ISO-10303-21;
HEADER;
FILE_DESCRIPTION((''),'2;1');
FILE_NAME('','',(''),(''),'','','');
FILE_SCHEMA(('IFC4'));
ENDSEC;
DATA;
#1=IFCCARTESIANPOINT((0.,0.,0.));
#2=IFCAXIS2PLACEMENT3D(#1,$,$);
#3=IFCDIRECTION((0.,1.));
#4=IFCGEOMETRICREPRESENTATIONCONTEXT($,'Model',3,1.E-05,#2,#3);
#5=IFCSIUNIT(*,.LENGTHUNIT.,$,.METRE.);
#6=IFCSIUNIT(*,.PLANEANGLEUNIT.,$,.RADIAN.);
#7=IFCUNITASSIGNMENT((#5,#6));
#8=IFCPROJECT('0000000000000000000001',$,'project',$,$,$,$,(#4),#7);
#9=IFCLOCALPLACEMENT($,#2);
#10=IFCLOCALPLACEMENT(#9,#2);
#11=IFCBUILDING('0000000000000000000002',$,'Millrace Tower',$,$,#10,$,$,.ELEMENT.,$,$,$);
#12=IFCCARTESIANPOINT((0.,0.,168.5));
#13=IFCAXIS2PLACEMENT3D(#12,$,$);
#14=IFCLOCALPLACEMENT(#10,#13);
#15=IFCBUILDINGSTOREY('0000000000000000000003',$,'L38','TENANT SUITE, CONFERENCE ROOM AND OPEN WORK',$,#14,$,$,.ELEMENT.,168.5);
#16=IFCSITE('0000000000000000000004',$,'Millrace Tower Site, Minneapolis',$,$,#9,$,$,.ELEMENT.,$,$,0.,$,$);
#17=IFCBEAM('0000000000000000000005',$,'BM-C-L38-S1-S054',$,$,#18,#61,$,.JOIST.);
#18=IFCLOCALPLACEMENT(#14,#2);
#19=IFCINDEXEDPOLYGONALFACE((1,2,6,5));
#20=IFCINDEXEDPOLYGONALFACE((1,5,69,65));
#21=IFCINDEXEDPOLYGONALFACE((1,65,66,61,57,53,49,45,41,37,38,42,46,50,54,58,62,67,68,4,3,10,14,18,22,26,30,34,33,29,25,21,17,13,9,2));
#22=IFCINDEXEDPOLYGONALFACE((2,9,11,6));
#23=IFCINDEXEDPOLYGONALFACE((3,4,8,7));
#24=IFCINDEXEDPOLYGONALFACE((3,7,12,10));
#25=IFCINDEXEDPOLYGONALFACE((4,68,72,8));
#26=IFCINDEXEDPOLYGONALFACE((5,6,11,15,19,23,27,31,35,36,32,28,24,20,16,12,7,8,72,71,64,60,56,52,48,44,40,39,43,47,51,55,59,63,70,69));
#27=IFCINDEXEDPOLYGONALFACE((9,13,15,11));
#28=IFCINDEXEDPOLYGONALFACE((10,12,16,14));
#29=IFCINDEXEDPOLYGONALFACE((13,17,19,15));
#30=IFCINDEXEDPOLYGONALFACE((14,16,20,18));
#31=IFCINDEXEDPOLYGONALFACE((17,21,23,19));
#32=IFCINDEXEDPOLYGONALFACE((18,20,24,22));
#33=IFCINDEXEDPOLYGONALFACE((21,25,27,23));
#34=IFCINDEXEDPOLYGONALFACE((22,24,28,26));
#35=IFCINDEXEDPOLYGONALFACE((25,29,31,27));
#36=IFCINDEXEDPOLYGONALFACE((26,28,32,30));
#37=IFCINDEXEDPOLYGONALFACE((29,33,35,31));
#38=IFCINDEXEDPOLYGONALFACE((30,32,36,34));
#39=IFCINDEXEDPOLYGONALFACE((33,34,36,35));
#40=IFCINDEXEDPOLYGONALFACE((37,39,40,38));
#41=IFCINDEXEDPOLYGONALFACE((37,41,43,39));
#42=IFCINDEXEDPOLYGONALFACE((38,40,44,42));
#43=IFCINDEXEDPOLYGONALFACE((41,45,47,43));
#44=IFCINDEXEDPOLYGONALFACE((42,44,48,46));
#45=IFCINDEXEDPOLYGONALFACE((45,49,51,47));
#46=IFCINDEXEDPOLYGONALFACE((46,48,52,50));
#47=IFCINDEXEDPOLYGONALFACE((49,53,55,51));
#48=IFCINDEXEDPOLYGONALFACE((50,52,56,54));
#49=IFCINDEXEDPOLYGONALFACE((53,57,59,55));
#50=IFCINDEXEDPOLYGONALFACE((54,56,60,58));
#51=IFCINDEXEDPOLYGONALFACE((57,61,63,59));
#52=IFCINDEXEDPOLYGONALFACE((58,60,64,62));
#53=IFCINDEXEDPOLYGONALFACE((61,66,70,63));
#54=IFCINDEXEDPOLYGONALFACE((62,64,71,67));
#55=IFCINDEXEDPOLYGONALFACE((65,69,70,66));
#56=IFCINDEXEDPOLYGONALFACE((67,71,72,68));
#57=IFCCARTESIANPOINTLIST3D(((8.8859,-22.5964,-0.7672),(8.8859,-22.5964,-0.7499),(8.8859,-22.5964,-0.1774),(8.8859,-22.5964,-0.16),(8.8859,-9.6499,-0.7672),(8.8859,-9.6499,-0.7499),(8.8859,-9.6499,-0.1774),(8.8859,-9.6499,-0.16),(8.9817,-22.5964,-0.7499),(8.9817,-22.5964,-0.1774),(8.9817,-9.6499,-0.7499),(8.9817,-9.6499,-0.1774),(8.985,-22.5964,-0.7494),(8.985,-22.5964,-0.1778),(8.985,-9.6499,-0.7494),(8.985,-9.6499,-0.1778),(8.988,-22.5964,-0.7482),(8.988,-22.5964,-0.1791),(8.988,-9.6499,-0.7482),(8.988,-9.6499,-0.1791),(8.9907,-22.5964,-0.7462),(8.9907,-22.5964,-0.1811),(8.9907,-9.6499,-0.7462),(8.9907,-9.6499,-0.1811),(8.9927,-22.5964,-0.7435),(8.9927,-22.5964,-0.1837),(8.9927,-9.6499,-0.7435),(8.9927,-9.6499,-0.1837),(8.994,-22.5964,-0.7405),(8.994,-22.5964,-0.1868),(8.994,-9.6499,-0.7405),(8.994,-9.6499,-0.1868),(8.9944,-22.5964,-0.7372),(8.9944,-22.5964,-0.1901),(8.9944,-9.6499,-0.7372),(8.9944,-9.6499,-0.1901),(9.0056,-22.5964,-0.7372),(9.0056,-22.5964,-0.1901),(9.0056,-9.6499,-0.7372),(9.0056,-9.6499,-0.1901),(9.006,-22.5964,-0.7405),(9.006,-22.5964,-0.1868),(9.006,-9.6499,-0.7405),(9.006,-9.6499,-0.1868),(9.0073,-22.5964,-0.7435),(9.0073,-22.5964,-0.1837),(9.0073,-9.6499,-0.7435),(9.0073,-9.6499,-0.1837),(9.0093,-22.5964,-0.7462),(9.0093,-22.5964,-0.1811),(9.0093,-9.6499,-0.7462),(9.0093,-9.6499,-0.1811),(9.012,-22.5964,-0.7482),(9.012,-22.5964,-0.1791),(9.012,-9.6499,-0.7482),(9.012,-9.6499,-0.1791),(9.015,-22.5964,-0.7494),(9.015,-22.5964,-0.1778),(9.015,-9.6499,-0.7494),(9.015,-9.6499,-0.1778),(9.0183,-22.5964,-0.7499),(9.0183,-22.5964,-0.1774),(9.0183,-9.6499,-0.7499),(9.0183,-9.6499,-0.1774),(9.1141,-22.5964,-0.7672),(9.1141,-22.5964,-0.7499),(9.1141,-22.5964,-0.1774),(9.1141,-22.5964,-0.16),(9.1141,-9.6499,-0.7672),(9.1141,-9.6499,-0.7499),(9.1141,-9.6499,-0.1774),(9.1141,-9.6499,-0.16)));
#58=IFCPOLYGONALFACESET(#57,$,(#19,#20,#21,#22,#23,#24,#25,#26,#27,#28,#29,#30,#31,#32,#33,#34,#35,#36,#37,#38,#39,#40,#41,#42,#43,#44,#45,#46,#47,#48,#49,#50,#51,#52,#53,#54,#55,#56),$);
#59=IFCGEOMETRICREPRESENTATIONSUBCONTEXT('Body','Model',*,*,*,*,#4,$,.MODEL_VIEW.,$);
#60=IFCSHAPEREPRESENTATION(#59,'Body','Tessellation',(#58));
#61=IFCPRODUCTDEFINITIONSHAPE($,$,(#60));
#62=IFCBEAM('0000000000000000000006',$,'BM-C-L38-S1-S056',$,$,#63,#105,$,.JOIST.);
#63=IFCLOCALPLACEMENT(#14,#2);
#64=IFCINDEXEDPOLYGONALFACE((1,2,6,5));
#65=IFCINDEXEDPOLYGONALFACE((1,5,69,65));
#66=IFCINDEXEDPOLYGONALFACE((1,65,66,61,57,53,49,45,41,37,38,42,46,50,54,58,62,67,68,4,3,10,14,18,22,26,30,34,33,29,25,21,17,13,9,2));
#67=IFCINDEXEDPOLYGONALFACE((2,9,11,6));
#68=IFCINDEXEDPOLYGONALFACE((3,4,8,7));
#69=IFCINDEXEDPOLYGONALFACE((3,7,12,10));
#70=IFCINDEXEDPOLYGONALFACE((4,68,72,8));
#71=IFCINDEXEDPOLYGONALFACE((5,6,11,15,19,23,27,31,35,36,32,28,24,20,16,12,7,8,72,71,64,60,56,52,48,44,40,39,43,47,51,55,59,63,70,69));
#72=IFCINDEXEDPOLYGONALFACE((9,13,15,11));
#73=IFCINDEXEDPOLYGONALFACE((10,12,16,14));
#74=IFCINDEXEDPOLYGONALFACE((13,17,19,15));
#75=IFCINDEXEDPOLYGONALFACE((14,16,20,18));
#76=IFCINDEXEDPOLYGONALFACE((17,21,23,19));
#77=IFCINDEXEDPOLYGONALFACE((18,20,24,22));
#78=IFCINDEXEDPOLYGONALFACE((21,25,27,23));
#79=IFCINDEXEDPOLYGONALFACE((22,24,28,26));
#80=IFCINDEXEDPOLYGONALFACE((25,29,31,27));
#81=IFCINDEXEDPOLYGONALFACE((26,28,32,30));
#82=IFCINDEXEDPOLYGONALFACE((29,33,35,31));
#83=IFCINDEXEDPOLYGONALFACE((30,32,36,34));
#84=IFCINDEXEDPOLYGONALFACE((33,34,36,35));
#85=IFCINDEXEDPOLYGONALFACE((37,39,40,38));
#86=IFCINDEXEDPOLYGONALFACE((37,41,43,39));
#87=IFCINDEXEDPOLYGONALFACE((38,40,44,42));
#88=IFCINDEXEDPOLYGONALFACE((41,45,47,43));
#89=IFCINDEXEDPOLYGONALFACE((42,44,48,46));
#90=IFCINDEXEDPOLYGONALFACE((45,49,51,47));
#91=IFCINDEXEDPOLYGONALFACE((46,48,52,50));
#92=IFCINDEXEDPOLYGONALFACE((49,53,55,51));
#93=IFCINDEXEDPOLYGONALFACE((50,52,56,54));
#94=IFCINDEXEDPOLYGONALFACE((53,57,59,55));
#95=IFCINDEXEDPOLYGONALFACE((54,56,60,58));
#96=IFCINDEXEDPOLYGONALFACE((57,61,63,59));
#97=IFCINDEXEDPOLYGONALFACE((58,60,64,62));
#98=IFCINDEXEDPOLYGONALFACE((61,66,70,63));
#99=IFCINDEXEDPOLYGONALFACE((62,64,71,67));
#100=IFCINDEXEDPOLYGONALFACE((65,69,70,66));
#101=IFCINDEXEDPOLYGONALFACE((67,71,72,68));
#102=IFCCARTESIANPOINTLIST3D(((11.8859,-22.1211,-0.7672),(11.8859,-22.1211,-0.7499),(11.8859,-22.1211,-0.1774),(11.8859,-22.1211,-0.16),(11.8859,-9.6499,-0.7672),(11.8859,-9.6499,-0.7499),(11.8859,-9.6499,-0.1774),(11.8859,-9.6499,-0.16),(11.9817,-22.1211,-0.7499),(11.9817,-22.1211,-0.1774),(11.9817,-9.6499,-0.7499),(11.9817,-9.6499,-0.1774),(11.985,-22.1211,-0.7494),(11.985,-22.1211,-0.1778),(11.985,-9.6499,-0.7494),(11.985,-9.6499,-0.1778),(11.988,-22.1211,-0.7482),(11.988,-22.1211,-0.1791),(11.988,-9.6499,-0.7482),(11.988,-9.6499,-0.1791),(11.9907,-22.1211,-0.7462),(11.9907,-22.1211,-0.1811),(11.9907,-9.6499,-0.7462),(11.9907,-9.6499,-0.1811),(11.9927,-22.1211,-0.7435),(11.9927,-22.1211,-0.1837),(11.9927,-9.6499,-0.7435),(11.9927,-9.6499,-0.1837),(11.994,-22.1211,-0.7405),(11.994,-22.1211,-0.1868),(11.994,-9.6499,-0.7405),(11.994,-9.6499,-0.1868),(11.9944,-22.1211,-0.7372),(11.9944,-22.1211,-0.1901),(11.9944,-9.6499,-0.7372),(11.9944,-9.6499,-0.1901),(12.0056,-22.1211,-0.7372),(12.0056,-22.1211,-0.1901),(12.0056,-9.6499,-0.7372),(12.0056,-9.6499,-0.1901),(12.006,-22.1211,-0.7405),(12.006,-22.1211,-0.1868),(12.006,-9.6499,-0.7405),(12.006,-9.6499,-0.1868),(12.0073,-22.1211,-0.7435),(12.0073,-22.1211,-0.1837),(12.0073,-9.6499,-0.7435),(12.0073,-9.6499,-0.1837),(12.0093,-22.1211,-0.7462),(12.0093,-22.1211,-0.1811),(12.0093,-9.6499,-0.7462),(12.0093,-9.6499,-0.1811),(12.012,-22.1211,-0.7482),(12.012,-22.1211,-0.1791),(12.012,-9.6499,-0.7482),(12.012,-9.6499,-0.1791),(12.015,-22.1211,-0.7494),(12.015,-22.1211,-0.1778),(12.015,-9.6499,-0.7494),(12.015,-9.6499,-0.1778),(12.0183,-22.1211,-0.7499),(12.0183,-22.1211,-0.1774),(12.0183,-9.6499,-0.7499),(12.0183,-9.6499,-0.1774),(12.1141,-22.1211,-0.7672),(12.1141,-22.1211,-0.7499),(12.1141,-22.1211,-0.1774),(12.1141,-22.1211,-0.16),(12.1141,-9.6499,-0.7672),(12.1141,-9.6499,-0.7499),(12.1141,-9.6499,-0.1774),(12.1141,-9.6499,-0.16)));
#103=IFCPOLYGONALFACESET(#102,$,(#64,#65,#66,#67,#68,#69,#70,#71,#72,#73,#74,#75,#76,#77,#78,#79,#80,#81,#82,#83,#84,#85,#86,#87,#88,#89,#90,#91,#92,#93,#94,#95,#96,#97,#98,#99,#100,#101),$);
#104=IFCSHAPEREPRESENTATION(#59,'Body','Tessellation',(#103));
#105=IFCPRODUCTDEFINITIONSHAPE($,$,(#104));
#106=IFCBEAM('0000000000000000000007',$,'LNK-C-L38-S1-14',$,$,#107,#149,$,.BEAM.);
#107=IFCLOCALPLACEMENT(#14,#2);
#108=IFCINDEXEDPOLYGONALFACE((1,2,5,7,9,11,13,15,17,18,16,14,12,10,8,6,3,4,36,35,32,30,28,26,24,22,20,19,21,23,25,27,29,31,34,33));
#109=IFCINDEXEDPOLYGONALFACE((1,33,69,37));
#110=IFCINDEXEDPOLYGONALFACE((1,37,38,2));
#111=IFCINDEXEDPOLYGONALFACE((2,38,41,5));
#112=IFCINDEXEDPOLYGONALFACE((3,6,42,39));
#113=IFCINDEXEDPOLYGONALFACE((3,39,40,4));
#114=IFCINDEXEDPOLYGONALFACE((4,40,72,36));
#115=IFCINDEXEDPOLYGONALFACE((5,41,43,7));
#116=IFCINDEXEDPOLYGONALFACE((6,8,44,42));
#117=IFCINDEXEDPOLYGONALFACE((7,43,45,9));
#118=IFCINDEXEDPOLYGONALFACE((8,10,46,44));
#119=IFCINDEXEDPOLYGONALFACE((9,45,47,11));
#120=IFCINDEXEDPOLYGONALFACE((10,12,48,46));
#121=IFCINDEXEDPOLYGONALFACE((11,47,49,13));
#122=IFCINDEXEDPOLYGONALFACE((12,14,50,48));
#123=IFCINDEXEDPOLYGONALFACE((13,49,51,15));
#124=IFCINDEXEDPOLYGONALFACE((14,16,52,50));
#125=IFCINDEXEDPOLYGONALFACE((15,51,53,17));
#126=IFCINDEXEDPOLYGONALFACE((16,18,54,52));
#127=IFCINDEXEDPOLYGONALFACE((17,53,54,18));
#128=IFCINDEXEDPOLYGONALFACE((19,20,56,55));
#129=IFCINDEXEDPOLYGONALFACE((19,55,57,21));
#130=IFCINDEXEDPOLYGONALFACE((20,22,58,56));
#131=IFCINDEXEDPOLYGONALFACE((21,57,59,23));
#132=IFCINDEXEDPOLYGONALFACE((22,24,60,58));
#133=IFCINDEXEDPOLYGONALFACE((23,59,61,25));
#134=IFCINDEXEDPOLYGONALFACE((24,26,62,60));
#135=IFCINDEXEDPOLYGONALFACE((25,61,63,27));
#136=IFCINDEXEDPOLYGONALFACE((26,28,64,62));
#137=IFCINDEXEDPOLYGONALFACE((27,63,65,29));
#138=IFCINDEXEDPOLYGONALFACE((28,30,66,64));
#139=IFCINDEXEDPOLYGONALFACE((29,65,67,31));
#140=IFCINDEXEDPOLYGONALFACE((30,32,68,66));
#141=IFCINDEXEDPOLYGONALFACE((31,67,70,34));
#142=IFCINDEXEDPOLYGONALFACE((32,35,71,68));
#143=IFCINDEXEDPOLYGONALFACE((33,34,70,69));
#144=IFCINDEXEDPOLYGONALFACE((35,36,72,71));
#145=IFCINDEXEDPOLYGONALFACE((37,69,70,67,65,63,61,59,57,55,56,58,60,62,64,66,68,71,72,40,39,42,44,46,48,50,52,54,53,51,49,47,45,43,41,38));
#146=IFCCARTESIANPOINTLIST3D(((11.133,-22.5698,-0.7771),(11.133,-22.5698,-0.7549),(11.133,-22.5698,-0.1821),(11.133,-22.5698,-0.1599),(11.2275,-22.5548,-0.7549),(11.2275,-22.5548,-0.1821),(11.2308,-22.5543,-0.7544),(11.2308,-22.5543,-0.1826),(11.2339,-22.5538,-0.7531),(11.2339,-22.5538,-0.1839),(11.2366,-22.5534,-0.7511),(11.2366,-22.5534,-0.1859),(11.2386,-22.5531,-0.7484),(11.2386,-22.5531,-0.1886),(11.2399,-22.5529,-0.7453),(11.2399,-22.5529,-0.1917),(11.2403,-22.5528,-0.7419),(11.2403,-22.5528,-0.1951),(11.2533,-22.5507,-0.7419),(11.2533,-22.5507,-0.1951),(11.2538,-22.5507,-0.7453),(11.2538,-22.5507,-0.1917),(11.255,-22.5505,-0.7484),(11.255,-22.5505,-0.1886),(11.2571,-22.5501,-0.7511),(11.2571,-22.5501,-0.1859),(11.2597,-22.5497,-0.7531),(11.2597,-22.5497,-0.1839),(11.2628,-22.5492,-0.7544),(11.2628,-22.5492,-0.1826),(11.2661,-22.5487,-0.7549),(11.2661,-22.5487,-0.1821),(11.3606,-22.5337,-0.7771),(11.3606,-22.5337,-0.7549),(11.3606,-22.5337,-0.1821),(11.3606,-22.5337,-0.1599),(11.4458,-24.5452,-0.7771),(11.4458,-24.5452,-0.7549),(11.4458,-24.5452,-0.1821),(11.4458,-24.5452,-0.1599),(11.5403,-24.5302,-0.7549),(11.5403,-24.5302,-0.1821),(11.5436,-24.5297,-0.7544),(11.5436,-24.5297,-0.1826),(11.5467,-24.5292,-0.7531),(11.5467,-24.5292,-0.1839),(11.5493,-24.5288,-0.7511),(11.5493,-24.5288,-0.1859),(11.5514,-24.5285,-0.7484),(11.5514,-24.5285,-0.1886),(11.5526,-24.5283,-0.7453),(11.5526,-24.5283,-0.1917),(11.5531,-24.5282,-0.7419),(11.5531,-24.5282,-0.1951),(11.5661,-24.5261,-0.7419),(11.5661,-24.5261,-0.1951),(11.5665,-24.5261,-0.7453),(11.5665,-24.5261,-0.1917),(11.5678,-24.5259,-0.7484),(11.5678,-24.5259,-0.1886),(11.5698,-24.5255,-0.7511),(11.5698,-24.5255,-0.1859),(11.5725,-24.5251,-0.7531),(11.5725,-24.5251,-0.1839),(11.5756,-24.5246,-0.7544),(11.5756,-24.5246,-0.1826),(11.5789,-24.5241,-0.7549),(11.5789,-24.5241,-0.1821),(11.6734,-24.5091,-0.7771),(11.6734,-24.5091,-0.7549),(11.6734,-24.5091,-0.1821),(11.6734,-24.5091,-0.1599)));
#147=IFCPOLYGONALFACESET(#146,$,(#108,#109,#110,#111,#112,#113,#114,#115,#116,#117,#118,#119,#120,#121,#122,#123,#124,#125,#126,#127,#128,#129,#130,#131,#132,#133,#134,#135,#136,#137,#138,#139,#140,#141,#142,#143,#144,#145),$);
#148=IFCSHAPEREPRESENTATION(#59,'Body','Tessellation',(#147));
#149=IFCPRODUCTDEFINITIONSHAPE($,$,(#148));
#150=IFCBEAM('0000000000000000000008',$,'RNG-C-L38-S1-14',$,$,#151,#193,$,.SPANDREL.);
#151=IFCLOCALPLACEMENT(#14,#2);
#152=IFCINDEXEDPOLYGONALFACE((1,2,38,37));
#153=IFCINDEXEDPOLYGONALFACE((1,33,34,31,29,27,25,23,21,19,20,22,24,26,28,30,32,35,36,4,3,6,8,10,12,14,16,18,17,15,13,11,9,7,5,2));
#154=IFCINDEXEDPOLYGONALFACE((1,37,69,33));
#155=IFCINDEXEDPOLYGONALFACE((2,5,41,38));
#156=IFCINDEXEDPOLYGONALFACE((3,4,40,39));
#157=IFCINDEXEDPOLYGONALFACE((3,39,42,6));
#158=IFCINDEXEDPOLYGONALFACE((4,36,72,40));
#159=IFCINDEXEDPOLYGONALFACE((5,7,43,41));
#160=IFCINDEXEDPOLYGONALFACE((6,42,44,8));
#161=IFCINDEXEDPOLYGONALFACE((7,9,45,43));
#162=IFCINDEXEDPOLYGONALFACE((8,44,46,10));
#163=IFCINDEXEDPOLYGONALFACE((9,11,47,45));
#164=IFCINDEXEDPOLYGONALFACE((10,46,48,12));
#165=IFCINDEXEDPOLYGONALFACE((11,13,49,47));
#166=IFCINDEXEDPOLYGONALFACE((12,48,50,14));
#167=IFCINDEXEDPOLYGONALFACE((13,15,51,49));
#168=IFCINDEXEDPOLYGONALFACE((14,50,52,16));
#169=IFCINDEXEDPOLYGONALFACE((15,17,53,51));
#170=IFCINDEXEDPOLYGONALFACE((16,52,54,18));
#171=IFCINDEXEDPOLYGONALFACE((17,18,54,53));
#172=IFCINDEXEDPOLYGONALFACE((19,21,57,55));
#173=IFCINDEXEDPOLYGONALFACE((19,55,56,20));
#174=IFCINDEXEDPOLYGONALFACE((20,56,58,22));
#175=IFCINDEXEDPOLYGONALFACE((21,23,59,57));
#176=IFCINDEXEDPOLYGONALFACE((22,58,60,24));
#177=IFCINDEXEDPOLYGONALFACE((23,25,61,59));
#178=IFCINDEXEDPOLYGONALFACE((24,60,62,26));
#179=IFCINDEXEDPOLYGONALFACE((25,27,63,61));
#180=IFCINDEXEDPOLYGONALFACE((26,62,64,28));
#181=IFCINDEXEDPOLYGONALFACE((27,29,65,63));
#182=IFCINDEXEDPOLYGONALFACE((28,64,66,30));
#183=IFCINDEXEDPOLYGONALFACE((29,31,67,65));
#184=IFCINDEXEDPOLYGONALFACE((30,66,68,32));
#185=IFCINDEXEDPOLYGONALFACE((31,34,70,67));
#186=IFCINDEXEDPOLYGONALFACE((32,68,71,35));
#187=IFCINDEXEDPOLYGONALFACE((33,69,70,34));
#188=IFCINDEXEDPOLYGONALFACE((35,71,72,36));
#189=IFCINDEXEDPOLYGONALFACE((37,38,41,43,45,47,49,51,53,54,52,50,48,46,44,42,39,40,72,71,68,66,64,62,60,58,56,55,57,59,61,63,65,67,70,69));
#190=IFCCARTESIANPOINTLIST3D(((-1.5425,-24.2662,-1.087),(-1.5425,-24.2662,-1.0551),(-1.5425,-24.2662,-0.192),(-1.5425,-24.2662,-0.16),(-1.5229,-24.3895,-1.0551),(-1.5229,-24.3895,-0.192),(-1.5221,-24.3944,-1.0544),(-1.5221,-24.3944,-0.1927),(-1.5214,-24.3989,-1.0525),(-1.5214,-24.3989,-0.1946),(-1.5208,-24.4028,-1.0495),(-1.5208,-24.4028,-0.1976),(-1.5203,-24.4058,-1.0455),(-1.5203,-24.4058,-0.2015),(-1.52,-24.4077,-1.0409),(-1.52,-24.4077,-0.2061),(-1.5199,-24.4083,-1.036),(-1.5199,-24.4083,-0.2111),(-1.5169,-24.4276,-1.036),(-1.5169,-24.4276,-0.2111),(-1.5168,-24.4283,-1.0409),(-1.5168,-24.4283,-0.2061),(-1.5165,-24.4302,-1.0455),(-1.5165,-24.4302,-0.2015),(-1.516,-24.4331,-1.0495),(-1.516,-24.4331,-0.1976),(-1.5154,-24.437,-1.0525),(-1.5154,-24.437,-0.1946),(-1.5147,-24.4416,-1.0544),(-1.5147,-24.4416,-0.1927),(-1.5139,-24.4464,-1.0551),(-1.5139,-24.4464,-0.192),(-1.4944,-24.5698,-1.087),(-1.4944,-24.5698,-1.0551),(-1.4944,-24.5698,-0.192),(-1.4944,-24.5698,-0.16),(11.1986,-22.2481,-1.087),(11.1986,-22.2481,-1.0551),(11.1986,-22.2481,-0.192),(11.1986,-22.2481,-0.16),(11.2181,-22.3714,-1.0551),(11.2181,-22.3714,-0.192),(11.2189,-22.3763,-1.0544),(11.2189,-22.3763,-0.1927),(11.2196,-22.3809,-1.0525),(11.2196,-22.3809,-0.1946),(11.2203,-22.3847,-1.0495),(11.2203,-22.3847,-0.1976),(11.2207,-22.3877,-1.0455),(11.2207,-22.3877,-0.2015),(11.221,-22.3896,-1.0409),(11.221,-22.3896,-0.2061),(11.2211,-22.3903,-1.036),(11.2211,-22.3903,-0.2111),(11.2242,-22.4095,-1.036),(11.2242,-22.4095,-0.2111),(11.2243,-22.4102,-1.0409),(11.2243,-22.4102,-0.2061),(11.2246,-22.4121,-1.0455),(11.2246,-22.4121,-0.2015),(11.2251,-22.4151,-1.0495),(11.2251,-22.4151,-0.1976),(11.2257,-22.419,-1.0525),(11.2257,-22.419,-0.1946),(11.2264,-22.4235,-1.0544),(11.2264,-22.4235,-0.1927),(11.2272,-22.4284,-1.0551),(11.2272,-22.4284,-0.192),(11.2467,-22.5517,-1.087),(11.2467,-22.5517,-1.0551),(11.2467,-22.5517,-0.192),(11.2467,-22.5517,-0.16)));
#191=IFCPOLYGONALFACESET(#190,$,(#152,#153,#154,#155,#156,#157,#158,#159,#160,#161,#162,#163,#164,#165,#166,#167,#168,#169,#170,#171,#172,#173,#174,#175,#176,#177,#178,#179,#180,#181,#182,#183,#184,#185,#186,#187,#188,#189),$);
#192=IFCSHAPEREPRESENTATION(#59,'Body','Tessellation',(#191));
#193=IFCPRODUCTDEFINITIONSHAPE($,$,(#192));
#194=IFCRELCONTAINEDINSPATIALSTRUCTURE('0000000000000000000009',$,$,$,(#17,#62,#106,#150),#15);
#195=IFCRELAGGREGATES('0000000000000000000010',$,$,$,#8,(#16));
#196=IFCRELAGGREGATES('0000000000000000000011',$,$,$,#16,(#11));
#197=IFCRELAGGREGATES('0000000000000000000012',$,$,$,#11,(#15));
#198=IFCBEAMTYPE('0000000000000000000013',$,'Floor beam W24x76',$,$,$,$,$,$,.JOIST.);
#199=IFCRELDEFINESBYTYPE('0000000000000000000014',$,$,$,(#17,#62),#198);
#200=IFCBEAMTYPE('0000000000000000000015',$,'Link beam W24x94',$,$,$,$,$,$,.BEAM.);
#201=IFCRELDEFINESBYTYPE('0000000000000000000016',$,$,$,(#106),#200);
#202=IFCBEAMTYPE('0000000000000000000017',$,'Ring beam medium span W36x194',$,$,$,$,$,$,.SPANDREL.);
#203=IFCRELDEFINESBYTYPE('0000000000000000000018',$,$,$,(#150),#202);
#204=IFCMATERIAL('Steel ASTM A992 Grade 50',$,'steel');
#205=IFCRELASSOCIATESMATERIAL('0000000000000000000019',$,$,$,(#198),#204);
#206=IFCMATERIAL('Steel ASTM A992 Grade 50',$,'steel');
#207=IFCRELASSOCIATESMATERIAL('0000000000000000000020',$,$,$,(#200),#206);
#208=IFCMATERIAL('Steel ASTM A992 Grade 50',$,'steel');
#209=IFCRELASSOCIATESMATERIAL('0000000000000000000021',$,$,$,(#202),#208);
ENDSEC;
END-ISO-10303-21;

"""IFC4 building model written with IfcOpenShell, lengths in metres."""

from ifc_helpers import new_model, si_unit, direction, frame, origin, origin_2d, place, context, subcontext, project, spatial, i_section, extrude, material, material_profile, profile_set, type_object, element, save


model = new_model("IFC4")

# Units and contexts
model_context = context("Model", 3, precision=1e-05, world=origin(), true_north=direction((0.0, 1.0)))
body_context = subcontext(model_context, "Body", "Model", "MODEL_VIEW")
ifc_project = project(units=[si_unit("LENGTHUNIT", "METRE"), si_unit("PLANEANGLEUNIT", "RADIAN")], contexts=[model_context])

# Site, building, storey
site_placement = place(None, origin())
site = spatial("IfcSite", under=ifc_project, at=site_placement, Name="Millrace Tower Site, Minneapolis", CompositionType="ELEMENT", RefElevation=0.0)
building_placement = place(site_placement, origin())
building = spatial("IfcBuilding", under=site, at=building_placement, Name="Millrace Tower", CompositionType="ELEMENT")
storey_placement = place(building_placement, frame((0.0, 0.0, 168.5)))
storey = spatial("IfcBuildingStorey", under=building, at=storey_placement, Name="L38", Description="TENANT SUITE, CONFERENCE ROOM AND OPEN WORK", CompositionType="ELEMENT", Elevation=168.5)

# Beams
ifc_material_1 = material(Name="Steel ASTM A992 Grade 50", Category="steel")
ifc_material_profile_1 = material_profile(ifc_material_1, i_section(OverallWidth=0.2283, OverallDepth=0.6072, WebThickness=0.0112, FlangeThickness=0.0173, FilletRadius=0.0127, at=origin_2d()))
ifc_profile_set_1 = profile_set([ifc_material_profile_1], Name="Steel ASTM A992 Grade 50")
beam_type_1 = type_object("IfcBeamType", Name="Floor beam W24x76", PredefinedType="JOIST", material=ifc_profile_set_1)
beam_1_placement = place(storey_placement, frame((9.0, -22.5964, -0.4636), z_axis=(0.0, 1.0, 0.0), x_axis=(-1.0, 0.0, 0.0)))
element("IfcBeam", 1, at=beam_1_placement, inside=storey, type_object=beam_type_1, Name="BM-C-L38-S1-S054", PredefinedType="JOIST", context=body_context, shape_type="SweptSolid", body=[
    extrude(i_section(OverallWidth=0.2283, OverallDepth=0.6072, WebThickness=0.0112, FlangeThickness=0.0173, FilletRadius=0.0127, at=origin_2d()), origin(), (0.0, 0.0, 1.0), 12.9465),
])
beam_2_placement = place(storey_placement, frame((12.0, -22.1211, -0.4636), z_axis=(0.0, 1.0, 0.0), x_axis=(-1.0, 0.0, 0.0)))
element("IfcBeam", 2, at=beam_2_placement, inside=storey, type_object=beam_type_1, Name="BM-C-L38-S1-S056", PredefinedType="JOIST", context=body_context, shape_type="SweptSolid", body=[
    extrude(i_section(OverallWidth=0.2283, OverallDepth=0.6072, WebThickness=0.0112, FlangeThickness=0.0173, FilletRadius=0.0127, at=origin_2d()), origin(), (0.0, 0.0, 1.0), 12.4712),
])
ifc_material_2 = material(Name="Steel ASTM A992 Grade 50", Category="steel")
ifc_material_profile_2 = material_profile(ifc_material_2, i_section(OverallWidth=0.2305, OverallDepth=0.6172, WebThickness=0.0132, FlangeThickness=0.0222, FilletRadius=0.0129, at=origin_2d()))
ifc_profile_set_2 = profile_set([ifc_material_profile_2], Name="Steel ASTM A992 Grade 50")
beam_type_2 = type_object("IfcBeamType", Name="Link beam W24x94", PredefinedType="BEAM", material=ifc_profile_set_2)
beam_3_placement = place(storey_placement, frame((11.2468, -22.5518, -0.4685), z_axis=(0.156376, -0.987698, 0.0), x_axis=(0.987698, 0.156376, 0.0)))
element("IfcBeam", 3, at=beam_3_placement, inside=storey, type_object=beam_type_2, Name="LNK-C-L38-S1-14", PredefinedType="BEAM", context=body_context, shape_type="SweptSolid", body=[
    extrude(i_section(OverallWidth=0.2305, OverallDepth=0.6172, WebThickness=0.0132, FlangeThickness=0.0222, FilletRadius=0.0129, at=origin_2d()), origin(), (0.0, 0.0, 1.0), 2.0),
])
ifc_material_3 = material(Name="Steel ASTM A992 Grade 50", Category="steel")
ifc_material_profile_3 = material_profile(ifc_material_3, i_section(OverallWidth=0.3074, OverallDepth=0.927, WebThickness=0.0195, FlangeThickness=0.032, FilletRadius=0.019, at=origin_2d()))
ifc_profile_set_3 = profile_set([ifc_material_profile_3], Name="Steel ASTM A992 Grade 50")
beam_type_3 = type_object("IfcBeamType", Name="Ring beam medium span W36x194", PredefinedType="SPANDREL", material=ifc_profile_set_3)
beam_4_placement = place(storey_placement, frame((11.2227, -22.3999, -0.6235), z_axis=(-0.987687, -0.156442, 0.0), x_axis=(0.156442, -0.987687, 0.0)))
element("IfcBeam", 4, at=beam_4_placement, inside=storey, type_object=beam_type_3, Name="RNG-C-L38-S1-14", PredefinedType="SPANDREL", context=body_context, shape_type="SweptSolid", body=[
    extrude(i_section(OverallWidth=0.3074, OverallDepth=0.927, WebThickness=0.0195, FlangeThickness=0.032, FilletRadius=0.019, at=origin_2d()), origin(), (0.0, 0.0, 1.0), 12.8999),
])

save(model, "model.ifc")
